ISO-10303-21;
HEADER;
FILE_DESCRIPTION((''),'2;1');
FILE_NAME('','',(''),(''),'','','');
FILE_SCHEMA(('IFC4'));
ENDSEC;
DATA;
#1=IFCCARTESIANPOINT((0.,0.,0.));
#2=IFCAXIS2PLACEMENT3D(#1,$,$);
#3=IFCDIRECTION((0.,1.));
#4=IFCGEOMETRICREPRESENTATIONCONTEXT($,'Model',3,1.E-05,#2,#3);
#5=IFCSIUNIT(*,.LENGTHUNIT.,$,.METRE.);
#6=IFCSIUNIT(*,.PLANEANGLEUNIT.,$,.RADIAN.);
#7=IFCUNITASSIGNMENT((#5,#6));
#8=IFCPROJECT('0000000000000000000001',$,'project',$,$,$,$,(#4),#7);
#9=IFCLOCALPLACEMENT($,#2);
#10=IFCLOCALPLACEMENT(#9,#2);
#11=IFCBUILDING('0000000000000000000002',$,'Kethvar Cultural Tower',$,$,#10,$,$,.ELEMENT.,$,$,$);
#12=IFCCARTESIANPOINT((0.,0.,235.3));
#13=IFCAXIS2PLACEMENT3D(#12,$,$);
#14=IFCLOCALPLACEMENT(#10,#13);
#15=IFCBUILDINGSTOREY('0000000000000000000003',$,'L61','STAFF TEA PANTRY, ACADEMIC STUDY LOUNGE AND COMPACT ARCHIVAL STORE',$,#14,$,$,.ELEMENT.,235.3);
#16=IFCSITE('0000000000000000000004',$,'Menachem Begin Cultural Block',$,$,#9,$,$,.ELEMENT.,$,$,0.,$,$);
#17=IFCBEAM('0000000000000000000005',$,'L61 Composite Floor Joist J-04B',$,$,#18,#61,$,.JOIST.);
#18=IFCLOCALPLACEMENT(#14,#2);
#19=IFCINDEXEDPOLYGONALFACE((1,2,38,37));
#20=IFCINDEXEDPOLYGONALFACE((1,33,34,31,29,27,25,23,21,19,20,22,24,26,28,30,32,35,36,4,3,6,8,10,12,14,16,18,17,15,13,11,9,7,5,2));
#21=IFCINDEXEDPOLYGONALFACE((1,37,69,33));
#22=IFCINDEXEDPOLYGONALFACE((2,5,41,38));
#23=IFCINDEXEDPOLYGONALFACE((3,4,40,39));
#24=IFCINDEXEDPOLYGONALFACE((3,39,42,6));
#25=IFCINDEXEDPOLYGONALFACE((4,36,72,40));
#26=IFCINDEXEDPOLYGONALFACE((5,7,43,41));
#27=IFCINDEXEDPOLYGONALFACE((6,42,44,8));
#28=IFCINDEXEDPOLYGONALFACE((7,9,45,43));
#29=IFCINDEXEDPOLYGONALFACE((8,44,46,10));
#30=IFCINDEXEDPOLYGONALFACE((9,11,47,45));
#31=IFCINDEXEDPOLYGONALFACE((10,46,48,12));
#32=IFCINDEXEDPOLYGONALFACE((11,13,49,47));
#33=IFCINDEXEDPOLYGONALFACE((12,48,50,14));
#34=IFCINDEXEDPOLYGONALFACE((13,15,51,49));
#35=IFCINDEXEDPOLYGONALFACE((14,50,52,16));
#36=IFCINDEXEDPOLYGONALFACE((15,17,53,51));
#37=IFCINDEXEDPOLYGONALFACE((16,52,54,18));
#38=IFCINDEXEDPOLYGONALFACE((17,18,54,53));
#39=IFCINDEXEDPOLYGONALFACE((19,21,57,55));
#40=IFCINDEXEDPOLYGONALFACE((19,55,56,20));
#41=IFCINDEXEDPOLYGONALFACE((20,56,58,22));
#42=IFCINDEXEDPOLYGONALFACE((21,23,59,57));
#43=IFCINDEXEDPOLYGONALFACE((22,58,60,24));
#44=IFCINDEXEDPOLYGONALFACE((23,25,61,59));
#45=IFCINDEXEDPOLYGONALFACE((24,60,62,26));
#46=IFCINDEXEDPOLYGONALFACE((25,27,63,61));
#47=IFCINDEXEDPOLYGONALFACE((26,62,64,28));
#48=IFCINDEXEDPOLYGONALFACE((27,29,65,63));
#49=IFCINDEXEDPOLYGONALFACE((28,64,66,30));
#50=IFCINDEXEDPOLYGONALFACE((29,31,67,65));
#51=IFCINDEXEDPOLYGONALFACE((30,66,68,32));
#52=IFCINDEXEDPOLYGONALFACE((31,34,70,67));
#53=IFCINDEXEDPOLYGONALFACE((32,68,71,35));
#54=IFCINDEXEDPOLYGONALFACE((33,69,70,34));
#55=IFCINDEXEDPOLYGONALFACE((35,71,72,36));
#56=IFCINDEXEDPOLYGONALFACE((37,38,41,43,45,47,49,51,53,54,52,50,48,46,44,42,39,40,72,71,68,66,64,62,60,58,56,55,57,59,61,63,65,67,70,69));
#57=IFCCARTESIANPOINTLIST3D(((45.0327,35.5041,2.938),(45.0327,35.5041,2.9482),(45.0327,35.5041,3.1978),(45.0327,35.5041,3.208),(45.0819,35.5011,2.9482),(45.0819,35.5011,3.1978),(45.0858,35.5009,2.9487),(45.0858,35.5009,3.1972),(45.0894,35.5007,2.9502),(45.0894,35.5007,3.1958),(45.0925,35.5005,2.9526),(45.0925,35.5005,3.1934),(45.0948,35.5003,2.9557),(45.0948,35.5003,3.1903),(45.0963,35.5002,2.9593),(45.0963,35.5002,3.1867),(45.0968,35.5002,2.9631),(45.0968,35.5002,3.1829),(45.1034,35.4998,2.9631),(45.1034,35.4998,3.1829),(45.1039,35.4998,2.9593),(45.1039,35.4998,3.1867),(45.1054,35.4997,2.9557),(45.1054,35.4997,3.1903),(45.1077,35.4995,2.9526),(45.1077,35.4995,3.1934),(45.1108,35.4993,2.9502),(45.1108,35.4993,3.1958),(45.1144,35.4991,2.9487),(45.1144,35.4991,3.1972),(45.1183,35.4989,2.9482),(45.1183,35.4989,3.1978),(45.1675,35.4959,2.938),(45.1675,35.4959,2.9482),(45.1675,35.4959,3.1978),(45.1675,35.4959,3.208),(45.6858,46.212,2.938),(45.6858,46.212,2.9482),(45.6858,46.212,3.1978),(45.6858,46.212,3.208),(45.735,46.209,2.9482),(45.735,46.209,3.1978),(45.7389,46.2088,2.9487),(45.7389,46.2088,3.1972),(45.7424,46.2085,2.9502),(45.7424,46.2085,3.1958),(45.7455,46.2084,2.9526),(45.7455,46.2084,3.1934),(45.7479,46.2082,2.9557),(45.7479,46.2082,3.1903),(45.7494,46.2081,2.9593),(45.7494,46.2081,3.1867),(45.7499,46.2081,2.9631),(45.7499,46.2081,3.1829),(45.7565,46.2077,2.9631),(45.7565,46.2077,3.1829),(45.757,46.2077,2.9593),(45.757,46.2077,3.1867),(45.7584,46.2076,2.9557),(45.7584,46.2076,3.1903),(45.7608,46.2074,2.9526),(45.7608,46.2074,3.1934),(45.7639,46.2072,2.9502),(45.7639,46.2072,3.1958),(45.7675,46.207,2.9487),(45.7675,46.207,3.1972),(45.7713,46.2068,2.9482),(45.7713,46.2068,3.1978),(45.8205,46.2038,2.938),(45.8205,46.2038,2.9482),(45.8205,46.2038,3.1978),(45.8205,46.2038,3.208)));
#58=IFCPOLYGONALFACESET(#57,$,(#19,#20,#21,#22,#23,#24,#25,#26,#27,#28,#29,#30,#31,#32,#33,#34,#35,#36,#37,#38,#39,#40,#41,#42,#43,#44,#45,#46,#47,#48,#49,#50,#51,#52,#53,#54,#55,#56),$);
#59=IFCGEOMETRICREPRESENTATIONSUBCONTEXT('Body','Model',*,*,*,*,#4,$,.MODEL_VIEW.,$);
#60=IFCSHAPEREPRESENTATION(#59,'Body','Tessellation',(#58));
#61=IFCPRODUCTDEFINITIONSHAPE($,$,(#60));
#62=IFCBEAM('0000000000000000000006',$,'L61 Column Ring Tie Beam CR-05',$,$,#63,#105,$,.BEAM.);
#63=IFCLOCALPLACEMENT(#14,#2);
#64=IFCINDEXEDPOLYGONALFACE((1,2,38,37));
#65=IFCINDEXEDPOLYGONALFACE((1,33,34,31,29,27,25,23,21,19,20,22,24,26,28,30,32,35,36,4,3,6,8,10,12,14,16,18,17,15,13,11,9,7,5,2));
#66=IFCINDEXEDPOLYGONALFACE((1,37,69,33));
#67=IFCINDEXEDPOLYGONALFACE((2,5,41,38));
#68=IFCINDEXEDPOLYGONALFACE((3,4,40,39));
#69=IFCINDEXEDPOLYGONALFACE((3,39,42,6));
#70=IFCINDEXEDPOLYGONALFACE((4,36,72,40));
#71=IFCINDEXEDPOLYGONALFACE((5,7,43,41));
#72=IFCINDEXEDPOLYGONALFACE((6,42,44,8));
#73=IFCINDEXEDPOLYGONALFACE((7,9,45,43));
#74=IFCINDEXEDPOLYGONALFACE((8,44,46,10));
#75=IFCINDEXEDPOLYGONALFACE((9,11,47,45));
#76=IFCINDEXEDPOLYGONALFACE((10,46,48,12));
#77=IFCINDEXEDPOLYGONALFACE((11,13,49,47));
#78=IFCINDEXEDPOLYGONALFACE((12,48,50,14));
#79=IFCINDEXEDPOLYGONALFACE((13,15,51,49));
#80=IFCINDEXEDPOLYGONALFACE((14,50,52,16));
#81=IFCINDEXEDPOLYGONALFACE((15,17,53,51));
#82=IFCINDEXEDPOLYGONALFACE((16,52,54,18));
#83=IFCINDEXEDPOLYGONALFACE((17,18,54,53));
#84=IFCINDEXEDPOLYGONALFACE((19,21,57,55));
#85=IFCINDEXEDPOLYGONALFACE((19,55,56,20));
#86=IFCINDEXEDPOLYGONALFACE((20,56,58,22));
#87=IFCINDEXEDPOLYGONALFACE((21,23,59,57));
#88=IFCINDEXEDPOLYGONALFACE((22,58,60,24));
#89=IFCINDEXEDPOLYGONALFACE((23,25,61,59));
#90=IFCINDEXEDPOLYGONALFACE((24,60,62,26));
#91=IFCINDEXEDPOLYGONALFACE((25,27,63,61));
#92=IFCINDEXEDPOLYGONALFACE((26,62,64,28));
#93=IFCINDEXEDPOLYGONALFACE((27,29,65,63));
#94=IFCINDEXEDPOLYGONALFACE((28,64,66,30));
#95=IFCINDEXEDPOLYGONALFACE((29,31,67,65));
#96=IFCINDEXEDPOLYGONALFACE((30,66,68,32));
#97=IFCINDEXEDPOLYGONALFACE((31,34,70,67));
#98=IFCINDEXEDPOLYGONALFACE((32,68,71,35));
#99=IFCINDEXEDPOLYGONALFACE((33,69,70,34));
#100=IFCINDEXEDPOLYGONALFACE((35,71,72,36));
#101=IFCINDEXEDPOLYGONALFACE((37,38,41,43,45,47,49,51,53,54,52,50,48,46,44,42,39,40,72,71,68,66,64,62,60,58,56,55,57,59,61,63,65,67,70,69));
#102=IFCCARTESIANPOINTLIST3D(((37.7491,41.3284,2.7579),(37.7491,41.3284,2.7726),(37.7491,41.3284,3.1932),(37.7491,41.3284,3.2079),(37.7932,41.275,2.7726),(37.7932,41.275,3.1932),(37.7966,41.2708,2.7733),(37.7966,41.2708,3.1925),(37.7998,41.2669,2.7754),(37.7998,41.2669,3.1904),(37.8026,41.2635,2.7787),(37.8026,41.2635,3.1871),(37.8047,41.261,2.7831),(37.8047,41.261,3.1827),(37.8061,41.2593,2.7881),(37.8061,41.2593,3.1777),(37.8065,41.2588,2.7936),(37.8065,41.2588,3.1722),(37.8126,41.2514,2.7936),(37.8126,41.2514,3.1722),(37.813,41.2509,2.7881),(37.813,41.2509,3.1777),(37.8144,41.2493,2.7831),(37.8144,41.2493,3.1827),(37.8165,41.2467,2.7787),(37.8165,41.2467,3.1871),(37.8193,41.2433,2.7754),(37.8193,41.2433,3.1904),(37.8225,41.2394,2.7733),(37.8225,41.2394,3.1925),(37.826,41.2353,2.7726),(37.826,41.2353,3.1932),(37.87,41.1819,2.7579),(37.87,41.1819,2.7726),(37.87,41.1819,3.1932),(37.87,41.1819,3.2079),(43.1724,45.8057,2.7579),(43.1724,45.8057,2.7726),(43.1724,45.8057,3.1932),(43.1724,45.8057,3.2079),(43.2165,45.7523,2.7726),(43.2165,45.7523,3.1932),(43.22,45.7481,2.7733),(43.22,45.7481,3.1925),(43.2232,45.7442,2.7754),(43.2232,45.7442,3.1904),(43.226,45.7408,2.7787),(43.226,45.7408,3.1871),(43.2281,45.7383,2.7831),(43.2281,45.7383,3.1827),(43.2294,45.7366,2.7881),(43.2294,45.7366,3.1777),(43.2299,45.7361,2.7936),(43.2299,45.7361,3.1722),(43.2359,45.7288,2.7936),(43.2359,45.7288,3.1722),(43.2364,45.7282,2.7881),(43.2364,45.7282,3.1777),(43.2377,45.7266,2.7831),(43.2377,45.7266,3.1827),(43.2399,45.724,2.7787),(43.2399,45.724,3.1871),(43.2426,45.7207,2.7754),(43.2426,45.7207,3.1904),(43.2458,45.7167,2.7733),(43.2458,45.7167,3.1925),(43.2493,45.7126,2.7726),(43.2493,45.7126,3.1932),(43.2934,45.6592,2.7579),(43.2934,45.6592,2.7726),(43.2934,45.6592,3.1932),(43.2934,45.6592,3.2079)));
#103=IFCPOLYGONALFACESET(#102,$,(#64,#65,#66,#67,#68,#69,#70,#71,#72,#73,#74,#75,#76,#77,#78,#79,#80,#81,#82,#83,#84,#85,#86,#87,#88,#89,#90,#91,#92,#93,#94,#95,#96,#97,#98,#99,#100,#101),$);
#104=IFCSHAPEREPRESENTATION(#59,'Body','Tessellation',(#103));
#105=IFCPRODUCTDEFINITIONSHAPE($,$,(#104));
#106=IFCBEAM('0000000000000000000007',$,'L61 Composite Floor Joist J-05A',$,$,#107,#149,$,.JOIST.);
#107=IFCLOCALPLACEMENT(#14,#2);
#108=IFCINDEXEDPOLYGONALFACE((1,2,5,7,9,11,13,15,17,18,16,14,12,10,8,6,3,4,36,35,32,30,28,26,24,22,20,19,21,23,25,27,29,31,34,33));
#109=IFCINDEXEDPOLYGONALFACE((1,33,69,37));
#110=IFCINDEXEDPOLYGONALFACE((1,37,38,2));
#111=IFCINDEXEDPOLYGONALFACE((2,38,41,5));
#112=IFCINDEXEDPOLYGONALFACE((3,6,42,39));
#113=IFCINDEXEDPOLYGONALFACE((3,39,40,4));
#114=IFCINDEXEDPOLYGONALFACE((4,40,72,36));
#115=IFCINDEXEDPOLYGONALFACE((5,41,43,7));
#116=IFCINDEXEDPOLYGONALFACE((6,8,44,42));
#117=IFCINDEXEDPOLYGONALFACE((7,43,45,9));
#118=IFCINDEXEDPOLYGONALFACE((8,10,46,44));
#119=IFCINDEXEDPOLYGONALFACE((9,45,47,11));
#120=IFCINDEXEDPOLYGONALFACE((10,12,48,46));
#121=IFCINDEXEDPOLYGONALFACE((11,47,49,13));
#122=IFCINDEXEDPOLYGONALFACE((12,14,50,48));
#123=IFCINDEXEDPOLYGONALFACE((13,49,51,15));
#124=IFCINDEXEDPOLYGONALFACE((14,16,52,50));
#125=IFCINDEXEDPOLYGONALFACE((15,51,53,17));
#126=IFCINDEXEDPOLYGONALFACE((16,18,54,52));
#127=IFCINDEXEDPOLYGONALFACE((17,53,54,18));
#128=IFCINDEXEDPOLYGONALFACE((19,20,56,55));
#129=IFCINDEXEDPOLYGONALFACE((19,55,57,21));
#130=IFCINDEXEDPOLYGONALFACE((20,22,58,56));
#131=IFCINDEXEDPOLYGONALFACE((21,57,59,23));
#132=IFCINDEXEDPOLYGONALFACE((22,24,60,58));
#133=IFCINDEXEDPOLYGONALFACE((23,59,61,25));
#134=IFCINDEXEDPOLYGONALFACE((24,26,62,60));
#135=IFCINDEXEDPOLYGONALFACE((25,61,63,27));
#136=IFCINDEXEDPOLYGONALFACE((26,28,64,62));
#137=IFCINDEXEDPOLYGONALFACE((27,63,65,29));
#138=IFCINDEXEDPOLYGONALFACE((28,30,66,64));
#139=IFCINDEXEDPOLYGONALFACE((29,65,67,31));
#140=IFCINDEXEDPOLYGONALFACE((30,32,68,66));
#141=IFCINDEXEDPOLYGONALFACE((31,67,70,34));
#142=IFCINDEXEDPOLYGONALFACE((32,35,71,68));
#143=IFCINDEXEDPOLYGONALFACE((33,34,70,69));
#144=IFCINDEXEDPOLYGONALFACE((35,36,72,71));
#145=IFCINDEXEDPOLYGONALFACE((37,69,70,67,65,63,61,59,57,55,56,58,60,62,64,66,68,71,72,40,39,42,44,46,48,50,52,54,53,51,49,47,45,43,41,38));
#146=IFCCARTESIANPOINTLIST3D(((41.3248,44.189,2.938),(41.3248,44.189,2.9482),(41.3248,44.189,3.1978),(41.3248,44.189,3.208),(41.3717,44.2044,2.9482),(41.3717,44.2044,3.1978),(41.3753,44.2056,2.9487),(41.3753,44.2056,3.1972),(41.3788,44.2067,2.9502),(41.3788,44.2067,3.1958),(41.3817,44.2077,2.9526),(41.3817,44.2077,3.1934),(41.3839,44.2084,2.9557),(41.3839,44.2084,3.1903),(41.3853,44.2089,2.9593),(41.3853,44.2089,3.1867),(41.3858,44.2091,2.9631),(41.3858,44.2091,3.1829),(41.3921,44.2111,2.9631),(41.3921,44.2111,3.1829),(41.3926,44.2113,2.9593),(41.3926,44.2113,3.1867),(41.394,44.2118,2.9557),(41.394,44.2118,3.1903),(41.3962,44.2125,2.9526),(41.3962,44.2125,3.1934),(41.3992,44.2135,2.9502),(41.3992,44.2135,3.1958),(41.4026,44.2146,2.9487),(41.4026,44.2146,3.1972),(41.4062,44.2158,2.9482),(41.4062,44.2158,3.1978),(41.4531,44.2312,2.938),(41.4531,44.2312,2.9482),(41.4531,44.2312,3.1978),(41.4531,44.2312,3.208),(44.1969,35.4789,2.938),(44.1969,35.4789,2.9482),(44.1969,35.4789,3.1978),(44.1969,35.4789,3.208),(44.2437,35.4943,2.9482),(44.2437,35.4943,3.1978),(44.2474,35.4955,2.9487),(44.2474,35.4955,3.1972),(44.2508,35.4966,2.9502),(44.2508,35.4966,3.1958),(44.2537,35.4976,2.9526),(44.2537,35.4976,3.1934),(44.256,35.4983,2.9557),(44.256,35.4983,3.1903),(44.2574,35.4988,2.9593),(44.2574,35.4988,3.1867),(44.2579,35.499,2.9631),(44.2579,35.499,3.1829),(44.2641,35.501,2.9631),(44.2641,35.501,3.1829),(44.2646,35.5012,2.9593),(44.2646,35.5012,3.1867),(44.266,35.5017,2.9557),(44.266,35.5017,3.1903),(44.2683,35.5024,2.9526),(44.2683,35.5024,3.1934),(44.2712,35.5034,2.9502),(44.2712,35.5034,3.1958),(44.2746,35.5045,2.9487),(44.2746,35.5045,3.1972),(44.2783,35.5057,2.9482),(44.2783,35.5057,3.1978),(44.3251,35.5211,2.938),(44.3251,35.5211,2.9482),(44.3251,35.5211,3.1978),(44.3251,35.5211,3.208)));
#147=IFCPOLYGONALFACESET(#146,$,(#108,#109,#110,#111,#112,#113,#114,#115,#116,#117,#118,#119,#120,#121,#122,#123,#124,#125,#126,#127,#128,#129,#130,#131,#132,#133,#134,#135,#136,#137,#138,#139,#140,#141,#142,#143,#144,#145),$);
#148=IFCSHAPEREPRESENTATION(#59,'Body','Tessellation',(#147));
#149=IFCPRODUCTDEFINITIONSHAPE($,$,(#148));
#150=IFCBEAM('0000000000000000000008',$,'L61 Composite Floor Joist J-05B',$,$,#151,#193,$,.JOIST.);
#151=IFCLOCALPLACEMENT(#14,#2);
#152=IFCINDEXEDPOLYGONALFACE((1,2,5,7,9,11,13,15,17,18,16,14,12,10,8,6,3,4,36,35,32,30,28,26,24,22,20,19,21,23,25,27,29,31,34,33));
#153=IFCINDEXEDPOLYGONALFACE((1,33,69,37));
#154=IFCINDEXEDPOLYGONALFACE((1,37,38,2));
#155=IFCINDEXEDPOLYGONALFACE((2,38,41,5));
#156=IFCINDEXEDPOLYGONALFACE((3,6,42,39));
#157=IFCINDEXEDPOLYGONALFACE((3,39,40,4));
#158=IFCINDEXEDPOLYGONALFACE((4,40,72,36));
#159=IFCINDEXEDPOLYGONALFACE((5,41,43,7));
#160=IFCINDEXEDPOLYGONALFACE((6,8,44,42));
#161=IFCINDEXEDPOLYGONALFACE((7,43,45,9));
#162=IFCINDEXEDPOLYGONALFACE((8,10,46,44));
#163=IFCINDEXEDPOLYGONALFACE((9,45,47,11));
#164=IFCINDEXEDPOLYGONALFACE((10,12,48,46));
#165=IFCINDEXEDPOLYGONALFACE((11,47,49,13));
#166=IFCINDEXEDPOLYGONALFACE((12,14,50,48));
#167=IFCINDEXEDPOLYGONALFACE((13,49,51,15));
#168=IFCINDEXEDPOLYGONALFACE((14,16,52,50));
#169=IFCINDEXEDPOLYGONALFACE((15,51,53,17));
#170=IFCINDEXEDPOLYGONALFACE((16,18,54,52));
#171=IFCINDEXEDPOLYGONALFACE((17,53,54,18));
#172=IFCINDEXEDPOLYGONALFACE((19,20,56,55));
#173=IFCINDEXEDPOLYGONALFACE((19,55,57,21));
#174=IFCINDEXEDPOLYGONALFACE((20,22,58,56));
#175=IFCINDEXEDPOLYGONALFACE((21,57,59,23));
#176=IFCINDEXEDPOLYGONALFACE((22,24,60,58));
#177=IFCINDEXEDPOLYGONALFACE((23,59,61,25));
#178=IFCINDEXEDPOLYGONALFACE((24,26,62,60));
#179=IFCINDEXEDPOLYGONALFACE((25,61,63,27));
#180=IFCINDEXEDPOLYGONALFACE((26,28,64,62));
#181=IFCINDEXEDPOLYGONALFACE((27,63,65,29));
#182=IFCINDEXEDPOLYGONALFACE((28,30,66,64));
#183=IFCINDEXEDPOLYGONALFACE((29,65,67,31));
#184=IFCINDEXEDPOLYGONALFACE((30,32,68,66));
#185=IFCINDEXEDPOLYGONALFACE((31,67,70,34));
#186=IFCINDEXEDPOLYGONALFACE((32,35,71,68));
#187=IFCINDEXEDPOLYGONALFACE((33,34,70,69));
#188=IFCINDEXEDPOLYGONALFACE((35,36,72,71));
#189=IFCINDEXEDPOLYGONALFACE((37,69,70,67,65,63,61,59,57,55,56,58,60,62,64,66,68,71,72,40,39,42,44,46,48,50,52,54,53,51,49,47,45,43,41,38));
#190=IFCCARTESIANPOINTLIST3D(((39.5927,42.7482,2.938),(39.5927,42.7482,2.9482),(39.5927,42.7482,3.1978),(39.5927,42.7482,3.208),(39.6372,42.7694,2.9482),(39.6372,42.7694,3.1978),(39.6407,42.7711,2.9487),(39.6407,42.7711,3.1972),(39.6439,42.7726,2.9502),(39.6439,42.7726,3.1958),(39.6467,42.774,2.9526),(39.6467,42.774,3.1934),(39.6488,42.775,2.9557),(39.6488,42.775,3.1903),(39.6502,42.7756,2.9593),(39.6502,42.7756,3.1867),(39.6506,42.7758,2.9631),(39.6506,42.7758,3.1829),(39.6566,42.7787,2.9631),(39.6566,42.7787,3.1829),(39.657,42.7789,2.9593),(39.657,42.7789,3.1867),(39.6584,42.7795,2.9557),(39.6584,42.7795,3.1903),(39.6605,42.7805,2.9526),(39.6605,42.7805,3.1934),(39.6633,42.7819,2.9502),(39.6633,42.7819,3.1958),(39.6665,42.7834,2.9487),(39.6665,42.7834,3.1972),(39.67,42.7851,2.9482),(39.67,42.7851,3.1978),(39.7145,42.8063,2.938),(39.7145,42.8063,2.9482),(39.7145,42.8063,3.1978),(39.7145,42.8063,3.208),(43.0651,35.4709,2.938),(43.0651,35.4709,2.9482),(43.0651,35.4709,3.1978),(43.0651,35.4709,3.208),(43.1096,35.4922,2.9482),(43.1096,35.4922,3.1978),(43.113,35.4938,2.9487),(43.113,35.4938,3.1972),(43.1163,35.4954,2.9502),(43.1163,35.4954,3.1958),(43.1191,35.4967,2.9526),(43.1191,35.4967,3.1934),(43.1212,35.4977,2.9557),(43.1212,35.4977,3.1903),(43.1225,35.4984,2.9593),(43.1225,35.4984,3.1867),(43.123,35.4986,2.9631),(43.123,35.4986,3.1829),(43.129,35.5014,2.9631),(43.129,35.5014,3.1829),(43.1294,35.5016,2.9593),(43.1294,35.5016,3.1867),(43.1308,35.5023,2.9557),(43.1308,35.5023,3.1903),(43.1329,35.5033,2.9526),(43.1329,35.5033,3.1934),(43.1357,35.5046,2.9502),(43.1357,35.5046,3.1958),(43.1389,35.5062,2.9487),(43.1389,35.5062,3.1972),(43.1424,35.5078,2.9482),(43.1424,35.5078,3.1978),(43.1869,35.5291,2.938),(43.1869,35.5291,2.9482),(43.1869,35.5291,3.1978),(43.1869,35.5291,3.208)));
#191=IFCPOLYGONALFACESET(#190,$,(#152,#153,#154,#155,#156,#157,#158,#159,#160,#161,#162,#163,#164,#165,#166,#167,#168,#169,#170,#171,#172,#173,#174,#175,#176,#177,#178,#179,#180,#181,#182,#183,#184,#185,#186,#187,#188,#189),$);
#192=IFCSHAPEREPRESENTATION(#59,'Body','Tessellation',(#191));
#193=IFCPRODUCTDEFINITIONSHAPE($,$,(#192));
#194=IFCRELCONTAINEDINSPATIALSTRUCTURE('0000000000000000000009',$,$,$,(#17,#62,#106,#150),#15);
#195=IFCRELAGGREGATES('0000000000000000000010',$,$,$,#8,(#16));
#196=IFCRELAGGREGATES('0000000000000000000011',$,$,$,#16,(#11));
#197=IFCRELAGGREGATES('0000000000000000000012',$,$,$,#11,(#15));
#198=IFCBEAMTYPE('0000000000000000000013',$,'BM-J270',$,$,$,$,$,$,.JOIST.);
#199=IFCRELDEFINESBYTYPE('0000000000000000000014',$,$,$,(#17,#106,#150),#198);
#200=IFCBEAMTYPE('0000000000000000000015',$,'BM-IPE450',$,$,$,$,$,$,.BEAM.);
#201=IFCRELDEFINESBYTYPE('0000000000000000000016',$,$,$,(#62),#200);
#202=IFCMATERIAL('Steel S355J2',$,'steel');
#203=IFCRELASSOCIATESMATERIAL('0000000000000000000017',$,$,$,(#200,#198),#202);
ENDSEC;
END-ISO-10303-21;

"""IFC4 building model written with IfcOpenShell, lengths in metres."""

from ifc_helpers import new_model, si_unit, direction, frame, origin, origin_2d, place, context, subcontext, project, spatial, i_section, extrude, source, transform, mapped, material, material_profile, profile_set, type_object, element, save


model = new_model("IFC4")

# Units and contexts
model_context = context("Model", 3, precision=1e-05, world=origin(), true_north=direction((0.0, 1.0)))
body_context = subcontext(model_context, "Body", "Model", "MODEL_VIEW")
ifc_project = project(units=[si_unit("LENGTHUNIT", "METRE"), si_unit("PLANEANGLEUNIT", "RADIAN")], contexts=[model_context])

# Site, building, storey
site_placement = place(None, origin())
site = spatial("IfcSite", under=ifc_project, at=site_placement, Name="Menachem Begin Cultural Block", CompositionType="ELEMENT", RefElevation=0.0)
building_placement = place(site_placement, origin())
building = spatial("IfcBuilding", under=site, at=building_placement, Name="Kethvar Cultural Tower", CompositionType="ELEMENT")
storey_placement = place(building_placement, frame((0.0, 0.0, 235.3)))
storey = spatial("IfcBuildingStorey", under=building, at=storey_placement, Name="L61", Description="STAFF TEA PANTRY, ACADEMIC STUDY LOUNGE AND COMPACT ARCHIVAL STORE", CompositionType="ELEMENT", Elevation=235.3)

# Beams
ifc_material_1 = material(Name="Steel S355J2", Category="steel")
ifc_material_profile_1 = material_profile(ifc_material_1, i_section(OverallWidth=0.1899, OverallDepth=0.45, WebThickness=0.0095, FlangeThickness=0.0146, FilletRadius=0.021, at=origin_2d()), Name="Steel S355J2 — IPE450")
ifc_profile_set_1 = profile_set([ifc_material_profile_1], Name="Steel S355J2 — IPE450")
beam_type_1 = type_object("IfcBeamType", Name="BM-IPE450", PredefinedType="BEAM", material=ifc_profile_set_1)
ifc_material_profile_2 = material_profile(ifc_material_1, i_section(OverallWidth=0.135, OverallDepth=0.27, WebThickness=0.0066, FlangeThickness=0.0103, FilletRadius=0.0149, at=origin_2d()), Name="Steel S355J2 — IPE270")
ifc_profile_set_2 = profile_set([ifc_material_profile_2], Name="Steel S355J2 — IPE270")
beam_type_2 = type_object("IfcBeamType", Name="BM-J270", PredefinedType="JOIST", material=ifc_profile_set_2)
shared_shape_1 = source(origin(), body_context, "Body", "SweptSolid", [
    extrude(i_section(OverallWidth=0.135, OverallDepth=0.27, WebThickness=0.0066, FlangeThickness=0.0103, FilletRadius=0.0149, at=origin_2d()), origin(), (0.0, 0.0, 1.0), 10.7278),
])
beam_1_placement = place(storey_placement, frame((45.1001, 35.5, 3.073), z_axis=(0.060876, 0.998145, 0.0), x_axis=(-0.998145, 0.060876, 0.0)))
element("IfcBeam", 1, at=beam_1_placement, inside=storey, type_object=beam_type_2, Name="L61 Composite Floor Joist J-04B", PredefinedType="JOIST", context=body_context, shape_type="MappedRepresentation", body=[
    mapped(shared_shape_1, transform((0.0, 0.0, 0.0), scale=1.0)),
])
shared_shape_2 = source(origin(), body_context, "Body", "SweptSolid", [
    extrude(i_section(OverallWidth=0.1899, OverallDepth=0.45, WebThickness=0.0095, FlangeThickness=0.0146, FilletRadius=0.021, at=origin_2d()), origin(), (0.0, 0.0, 1.0), 7.0327),
])
beam_2_placement = place(storey_placement, frame((43.2329, 45.7324, 2.9829), z_axis=(-0.771161, -0.63664, 0.0), x_axis=(0.63664, -0.771161, 0.0)))
element("IfcBeam", 2, at=beam_2_placement, inside=storey, type_object=beam_type_1, Name="L61 Column Ring Tie Beam CR-05", PredefinedType="BEAM", context=body_context, shape_type="MappedRepresentation", body=[
    mapped(shared_shape_2, transform((0.0, 0.0, 0.0), scale=1.0)),
])
shared_shape_3 = source(origin(), body_context, "Body", "SweptSolid", [
    extrude(i_section(OverallWidth=0.135, OverallDepth=0.27, WebThickness=0.0066, FlangeThickness=0.0103, FilletRadius=0.0149, at=origin_2d()), origin(), (0.0, 0.0, 1.0), 9.1714),
])
beam_3_placement = place(storey_placement, frame((44.261, 35.5, 3.073), z_axis=(-0.313152, 0.949703, 0.0), x_axis=(-0.949703, -0.313152, 0.0)))
element("IfcBeam", 3, at=beam_3_placement, inside=storey, type_object=beam_type_2, Name="L61 Composite Floor Joist J-05A", PredefinedType="JOIST", context=body_context, shape_type="MappedRepresentation", body=[
    mapped(shared_shape_3, transform((0.0, 0.0, 0.0), scale=1.0)),
])
shared_shape_4 = source(origin(), body_context, "Body", "SweptSolid", [
    extrude(i_section(OverallWidth=0.135, OverallDepth=0.27, WebThickness=0.0066, FlangeThickness=0.0103, FilletRadius=0.0149, at=origin_2d()), origin(), (0.0, 0.0, 1.0), 8.0632),
])
beam_4_placement = place(storey_placement, frame((43.126, 35.5, 3.073), z_axis=(-0.430642, 0.902523, 0.0), x_axis=(-0.902523, -0.430642, 0.0)))
element("IfcBeam", 4, at=beam_4_placement, inside=storey, type_object=beam_type_2, Name="L61 Composite Floor Joist J-05B", PredefinedType="JOIST", context=body_context, shape_type="MappedRepresentation", body=[
    mapped(shared_shape_4, transform((0.0, 0.0, 0.0), scale=1.0)),
])

save(model, "model.ifc")
